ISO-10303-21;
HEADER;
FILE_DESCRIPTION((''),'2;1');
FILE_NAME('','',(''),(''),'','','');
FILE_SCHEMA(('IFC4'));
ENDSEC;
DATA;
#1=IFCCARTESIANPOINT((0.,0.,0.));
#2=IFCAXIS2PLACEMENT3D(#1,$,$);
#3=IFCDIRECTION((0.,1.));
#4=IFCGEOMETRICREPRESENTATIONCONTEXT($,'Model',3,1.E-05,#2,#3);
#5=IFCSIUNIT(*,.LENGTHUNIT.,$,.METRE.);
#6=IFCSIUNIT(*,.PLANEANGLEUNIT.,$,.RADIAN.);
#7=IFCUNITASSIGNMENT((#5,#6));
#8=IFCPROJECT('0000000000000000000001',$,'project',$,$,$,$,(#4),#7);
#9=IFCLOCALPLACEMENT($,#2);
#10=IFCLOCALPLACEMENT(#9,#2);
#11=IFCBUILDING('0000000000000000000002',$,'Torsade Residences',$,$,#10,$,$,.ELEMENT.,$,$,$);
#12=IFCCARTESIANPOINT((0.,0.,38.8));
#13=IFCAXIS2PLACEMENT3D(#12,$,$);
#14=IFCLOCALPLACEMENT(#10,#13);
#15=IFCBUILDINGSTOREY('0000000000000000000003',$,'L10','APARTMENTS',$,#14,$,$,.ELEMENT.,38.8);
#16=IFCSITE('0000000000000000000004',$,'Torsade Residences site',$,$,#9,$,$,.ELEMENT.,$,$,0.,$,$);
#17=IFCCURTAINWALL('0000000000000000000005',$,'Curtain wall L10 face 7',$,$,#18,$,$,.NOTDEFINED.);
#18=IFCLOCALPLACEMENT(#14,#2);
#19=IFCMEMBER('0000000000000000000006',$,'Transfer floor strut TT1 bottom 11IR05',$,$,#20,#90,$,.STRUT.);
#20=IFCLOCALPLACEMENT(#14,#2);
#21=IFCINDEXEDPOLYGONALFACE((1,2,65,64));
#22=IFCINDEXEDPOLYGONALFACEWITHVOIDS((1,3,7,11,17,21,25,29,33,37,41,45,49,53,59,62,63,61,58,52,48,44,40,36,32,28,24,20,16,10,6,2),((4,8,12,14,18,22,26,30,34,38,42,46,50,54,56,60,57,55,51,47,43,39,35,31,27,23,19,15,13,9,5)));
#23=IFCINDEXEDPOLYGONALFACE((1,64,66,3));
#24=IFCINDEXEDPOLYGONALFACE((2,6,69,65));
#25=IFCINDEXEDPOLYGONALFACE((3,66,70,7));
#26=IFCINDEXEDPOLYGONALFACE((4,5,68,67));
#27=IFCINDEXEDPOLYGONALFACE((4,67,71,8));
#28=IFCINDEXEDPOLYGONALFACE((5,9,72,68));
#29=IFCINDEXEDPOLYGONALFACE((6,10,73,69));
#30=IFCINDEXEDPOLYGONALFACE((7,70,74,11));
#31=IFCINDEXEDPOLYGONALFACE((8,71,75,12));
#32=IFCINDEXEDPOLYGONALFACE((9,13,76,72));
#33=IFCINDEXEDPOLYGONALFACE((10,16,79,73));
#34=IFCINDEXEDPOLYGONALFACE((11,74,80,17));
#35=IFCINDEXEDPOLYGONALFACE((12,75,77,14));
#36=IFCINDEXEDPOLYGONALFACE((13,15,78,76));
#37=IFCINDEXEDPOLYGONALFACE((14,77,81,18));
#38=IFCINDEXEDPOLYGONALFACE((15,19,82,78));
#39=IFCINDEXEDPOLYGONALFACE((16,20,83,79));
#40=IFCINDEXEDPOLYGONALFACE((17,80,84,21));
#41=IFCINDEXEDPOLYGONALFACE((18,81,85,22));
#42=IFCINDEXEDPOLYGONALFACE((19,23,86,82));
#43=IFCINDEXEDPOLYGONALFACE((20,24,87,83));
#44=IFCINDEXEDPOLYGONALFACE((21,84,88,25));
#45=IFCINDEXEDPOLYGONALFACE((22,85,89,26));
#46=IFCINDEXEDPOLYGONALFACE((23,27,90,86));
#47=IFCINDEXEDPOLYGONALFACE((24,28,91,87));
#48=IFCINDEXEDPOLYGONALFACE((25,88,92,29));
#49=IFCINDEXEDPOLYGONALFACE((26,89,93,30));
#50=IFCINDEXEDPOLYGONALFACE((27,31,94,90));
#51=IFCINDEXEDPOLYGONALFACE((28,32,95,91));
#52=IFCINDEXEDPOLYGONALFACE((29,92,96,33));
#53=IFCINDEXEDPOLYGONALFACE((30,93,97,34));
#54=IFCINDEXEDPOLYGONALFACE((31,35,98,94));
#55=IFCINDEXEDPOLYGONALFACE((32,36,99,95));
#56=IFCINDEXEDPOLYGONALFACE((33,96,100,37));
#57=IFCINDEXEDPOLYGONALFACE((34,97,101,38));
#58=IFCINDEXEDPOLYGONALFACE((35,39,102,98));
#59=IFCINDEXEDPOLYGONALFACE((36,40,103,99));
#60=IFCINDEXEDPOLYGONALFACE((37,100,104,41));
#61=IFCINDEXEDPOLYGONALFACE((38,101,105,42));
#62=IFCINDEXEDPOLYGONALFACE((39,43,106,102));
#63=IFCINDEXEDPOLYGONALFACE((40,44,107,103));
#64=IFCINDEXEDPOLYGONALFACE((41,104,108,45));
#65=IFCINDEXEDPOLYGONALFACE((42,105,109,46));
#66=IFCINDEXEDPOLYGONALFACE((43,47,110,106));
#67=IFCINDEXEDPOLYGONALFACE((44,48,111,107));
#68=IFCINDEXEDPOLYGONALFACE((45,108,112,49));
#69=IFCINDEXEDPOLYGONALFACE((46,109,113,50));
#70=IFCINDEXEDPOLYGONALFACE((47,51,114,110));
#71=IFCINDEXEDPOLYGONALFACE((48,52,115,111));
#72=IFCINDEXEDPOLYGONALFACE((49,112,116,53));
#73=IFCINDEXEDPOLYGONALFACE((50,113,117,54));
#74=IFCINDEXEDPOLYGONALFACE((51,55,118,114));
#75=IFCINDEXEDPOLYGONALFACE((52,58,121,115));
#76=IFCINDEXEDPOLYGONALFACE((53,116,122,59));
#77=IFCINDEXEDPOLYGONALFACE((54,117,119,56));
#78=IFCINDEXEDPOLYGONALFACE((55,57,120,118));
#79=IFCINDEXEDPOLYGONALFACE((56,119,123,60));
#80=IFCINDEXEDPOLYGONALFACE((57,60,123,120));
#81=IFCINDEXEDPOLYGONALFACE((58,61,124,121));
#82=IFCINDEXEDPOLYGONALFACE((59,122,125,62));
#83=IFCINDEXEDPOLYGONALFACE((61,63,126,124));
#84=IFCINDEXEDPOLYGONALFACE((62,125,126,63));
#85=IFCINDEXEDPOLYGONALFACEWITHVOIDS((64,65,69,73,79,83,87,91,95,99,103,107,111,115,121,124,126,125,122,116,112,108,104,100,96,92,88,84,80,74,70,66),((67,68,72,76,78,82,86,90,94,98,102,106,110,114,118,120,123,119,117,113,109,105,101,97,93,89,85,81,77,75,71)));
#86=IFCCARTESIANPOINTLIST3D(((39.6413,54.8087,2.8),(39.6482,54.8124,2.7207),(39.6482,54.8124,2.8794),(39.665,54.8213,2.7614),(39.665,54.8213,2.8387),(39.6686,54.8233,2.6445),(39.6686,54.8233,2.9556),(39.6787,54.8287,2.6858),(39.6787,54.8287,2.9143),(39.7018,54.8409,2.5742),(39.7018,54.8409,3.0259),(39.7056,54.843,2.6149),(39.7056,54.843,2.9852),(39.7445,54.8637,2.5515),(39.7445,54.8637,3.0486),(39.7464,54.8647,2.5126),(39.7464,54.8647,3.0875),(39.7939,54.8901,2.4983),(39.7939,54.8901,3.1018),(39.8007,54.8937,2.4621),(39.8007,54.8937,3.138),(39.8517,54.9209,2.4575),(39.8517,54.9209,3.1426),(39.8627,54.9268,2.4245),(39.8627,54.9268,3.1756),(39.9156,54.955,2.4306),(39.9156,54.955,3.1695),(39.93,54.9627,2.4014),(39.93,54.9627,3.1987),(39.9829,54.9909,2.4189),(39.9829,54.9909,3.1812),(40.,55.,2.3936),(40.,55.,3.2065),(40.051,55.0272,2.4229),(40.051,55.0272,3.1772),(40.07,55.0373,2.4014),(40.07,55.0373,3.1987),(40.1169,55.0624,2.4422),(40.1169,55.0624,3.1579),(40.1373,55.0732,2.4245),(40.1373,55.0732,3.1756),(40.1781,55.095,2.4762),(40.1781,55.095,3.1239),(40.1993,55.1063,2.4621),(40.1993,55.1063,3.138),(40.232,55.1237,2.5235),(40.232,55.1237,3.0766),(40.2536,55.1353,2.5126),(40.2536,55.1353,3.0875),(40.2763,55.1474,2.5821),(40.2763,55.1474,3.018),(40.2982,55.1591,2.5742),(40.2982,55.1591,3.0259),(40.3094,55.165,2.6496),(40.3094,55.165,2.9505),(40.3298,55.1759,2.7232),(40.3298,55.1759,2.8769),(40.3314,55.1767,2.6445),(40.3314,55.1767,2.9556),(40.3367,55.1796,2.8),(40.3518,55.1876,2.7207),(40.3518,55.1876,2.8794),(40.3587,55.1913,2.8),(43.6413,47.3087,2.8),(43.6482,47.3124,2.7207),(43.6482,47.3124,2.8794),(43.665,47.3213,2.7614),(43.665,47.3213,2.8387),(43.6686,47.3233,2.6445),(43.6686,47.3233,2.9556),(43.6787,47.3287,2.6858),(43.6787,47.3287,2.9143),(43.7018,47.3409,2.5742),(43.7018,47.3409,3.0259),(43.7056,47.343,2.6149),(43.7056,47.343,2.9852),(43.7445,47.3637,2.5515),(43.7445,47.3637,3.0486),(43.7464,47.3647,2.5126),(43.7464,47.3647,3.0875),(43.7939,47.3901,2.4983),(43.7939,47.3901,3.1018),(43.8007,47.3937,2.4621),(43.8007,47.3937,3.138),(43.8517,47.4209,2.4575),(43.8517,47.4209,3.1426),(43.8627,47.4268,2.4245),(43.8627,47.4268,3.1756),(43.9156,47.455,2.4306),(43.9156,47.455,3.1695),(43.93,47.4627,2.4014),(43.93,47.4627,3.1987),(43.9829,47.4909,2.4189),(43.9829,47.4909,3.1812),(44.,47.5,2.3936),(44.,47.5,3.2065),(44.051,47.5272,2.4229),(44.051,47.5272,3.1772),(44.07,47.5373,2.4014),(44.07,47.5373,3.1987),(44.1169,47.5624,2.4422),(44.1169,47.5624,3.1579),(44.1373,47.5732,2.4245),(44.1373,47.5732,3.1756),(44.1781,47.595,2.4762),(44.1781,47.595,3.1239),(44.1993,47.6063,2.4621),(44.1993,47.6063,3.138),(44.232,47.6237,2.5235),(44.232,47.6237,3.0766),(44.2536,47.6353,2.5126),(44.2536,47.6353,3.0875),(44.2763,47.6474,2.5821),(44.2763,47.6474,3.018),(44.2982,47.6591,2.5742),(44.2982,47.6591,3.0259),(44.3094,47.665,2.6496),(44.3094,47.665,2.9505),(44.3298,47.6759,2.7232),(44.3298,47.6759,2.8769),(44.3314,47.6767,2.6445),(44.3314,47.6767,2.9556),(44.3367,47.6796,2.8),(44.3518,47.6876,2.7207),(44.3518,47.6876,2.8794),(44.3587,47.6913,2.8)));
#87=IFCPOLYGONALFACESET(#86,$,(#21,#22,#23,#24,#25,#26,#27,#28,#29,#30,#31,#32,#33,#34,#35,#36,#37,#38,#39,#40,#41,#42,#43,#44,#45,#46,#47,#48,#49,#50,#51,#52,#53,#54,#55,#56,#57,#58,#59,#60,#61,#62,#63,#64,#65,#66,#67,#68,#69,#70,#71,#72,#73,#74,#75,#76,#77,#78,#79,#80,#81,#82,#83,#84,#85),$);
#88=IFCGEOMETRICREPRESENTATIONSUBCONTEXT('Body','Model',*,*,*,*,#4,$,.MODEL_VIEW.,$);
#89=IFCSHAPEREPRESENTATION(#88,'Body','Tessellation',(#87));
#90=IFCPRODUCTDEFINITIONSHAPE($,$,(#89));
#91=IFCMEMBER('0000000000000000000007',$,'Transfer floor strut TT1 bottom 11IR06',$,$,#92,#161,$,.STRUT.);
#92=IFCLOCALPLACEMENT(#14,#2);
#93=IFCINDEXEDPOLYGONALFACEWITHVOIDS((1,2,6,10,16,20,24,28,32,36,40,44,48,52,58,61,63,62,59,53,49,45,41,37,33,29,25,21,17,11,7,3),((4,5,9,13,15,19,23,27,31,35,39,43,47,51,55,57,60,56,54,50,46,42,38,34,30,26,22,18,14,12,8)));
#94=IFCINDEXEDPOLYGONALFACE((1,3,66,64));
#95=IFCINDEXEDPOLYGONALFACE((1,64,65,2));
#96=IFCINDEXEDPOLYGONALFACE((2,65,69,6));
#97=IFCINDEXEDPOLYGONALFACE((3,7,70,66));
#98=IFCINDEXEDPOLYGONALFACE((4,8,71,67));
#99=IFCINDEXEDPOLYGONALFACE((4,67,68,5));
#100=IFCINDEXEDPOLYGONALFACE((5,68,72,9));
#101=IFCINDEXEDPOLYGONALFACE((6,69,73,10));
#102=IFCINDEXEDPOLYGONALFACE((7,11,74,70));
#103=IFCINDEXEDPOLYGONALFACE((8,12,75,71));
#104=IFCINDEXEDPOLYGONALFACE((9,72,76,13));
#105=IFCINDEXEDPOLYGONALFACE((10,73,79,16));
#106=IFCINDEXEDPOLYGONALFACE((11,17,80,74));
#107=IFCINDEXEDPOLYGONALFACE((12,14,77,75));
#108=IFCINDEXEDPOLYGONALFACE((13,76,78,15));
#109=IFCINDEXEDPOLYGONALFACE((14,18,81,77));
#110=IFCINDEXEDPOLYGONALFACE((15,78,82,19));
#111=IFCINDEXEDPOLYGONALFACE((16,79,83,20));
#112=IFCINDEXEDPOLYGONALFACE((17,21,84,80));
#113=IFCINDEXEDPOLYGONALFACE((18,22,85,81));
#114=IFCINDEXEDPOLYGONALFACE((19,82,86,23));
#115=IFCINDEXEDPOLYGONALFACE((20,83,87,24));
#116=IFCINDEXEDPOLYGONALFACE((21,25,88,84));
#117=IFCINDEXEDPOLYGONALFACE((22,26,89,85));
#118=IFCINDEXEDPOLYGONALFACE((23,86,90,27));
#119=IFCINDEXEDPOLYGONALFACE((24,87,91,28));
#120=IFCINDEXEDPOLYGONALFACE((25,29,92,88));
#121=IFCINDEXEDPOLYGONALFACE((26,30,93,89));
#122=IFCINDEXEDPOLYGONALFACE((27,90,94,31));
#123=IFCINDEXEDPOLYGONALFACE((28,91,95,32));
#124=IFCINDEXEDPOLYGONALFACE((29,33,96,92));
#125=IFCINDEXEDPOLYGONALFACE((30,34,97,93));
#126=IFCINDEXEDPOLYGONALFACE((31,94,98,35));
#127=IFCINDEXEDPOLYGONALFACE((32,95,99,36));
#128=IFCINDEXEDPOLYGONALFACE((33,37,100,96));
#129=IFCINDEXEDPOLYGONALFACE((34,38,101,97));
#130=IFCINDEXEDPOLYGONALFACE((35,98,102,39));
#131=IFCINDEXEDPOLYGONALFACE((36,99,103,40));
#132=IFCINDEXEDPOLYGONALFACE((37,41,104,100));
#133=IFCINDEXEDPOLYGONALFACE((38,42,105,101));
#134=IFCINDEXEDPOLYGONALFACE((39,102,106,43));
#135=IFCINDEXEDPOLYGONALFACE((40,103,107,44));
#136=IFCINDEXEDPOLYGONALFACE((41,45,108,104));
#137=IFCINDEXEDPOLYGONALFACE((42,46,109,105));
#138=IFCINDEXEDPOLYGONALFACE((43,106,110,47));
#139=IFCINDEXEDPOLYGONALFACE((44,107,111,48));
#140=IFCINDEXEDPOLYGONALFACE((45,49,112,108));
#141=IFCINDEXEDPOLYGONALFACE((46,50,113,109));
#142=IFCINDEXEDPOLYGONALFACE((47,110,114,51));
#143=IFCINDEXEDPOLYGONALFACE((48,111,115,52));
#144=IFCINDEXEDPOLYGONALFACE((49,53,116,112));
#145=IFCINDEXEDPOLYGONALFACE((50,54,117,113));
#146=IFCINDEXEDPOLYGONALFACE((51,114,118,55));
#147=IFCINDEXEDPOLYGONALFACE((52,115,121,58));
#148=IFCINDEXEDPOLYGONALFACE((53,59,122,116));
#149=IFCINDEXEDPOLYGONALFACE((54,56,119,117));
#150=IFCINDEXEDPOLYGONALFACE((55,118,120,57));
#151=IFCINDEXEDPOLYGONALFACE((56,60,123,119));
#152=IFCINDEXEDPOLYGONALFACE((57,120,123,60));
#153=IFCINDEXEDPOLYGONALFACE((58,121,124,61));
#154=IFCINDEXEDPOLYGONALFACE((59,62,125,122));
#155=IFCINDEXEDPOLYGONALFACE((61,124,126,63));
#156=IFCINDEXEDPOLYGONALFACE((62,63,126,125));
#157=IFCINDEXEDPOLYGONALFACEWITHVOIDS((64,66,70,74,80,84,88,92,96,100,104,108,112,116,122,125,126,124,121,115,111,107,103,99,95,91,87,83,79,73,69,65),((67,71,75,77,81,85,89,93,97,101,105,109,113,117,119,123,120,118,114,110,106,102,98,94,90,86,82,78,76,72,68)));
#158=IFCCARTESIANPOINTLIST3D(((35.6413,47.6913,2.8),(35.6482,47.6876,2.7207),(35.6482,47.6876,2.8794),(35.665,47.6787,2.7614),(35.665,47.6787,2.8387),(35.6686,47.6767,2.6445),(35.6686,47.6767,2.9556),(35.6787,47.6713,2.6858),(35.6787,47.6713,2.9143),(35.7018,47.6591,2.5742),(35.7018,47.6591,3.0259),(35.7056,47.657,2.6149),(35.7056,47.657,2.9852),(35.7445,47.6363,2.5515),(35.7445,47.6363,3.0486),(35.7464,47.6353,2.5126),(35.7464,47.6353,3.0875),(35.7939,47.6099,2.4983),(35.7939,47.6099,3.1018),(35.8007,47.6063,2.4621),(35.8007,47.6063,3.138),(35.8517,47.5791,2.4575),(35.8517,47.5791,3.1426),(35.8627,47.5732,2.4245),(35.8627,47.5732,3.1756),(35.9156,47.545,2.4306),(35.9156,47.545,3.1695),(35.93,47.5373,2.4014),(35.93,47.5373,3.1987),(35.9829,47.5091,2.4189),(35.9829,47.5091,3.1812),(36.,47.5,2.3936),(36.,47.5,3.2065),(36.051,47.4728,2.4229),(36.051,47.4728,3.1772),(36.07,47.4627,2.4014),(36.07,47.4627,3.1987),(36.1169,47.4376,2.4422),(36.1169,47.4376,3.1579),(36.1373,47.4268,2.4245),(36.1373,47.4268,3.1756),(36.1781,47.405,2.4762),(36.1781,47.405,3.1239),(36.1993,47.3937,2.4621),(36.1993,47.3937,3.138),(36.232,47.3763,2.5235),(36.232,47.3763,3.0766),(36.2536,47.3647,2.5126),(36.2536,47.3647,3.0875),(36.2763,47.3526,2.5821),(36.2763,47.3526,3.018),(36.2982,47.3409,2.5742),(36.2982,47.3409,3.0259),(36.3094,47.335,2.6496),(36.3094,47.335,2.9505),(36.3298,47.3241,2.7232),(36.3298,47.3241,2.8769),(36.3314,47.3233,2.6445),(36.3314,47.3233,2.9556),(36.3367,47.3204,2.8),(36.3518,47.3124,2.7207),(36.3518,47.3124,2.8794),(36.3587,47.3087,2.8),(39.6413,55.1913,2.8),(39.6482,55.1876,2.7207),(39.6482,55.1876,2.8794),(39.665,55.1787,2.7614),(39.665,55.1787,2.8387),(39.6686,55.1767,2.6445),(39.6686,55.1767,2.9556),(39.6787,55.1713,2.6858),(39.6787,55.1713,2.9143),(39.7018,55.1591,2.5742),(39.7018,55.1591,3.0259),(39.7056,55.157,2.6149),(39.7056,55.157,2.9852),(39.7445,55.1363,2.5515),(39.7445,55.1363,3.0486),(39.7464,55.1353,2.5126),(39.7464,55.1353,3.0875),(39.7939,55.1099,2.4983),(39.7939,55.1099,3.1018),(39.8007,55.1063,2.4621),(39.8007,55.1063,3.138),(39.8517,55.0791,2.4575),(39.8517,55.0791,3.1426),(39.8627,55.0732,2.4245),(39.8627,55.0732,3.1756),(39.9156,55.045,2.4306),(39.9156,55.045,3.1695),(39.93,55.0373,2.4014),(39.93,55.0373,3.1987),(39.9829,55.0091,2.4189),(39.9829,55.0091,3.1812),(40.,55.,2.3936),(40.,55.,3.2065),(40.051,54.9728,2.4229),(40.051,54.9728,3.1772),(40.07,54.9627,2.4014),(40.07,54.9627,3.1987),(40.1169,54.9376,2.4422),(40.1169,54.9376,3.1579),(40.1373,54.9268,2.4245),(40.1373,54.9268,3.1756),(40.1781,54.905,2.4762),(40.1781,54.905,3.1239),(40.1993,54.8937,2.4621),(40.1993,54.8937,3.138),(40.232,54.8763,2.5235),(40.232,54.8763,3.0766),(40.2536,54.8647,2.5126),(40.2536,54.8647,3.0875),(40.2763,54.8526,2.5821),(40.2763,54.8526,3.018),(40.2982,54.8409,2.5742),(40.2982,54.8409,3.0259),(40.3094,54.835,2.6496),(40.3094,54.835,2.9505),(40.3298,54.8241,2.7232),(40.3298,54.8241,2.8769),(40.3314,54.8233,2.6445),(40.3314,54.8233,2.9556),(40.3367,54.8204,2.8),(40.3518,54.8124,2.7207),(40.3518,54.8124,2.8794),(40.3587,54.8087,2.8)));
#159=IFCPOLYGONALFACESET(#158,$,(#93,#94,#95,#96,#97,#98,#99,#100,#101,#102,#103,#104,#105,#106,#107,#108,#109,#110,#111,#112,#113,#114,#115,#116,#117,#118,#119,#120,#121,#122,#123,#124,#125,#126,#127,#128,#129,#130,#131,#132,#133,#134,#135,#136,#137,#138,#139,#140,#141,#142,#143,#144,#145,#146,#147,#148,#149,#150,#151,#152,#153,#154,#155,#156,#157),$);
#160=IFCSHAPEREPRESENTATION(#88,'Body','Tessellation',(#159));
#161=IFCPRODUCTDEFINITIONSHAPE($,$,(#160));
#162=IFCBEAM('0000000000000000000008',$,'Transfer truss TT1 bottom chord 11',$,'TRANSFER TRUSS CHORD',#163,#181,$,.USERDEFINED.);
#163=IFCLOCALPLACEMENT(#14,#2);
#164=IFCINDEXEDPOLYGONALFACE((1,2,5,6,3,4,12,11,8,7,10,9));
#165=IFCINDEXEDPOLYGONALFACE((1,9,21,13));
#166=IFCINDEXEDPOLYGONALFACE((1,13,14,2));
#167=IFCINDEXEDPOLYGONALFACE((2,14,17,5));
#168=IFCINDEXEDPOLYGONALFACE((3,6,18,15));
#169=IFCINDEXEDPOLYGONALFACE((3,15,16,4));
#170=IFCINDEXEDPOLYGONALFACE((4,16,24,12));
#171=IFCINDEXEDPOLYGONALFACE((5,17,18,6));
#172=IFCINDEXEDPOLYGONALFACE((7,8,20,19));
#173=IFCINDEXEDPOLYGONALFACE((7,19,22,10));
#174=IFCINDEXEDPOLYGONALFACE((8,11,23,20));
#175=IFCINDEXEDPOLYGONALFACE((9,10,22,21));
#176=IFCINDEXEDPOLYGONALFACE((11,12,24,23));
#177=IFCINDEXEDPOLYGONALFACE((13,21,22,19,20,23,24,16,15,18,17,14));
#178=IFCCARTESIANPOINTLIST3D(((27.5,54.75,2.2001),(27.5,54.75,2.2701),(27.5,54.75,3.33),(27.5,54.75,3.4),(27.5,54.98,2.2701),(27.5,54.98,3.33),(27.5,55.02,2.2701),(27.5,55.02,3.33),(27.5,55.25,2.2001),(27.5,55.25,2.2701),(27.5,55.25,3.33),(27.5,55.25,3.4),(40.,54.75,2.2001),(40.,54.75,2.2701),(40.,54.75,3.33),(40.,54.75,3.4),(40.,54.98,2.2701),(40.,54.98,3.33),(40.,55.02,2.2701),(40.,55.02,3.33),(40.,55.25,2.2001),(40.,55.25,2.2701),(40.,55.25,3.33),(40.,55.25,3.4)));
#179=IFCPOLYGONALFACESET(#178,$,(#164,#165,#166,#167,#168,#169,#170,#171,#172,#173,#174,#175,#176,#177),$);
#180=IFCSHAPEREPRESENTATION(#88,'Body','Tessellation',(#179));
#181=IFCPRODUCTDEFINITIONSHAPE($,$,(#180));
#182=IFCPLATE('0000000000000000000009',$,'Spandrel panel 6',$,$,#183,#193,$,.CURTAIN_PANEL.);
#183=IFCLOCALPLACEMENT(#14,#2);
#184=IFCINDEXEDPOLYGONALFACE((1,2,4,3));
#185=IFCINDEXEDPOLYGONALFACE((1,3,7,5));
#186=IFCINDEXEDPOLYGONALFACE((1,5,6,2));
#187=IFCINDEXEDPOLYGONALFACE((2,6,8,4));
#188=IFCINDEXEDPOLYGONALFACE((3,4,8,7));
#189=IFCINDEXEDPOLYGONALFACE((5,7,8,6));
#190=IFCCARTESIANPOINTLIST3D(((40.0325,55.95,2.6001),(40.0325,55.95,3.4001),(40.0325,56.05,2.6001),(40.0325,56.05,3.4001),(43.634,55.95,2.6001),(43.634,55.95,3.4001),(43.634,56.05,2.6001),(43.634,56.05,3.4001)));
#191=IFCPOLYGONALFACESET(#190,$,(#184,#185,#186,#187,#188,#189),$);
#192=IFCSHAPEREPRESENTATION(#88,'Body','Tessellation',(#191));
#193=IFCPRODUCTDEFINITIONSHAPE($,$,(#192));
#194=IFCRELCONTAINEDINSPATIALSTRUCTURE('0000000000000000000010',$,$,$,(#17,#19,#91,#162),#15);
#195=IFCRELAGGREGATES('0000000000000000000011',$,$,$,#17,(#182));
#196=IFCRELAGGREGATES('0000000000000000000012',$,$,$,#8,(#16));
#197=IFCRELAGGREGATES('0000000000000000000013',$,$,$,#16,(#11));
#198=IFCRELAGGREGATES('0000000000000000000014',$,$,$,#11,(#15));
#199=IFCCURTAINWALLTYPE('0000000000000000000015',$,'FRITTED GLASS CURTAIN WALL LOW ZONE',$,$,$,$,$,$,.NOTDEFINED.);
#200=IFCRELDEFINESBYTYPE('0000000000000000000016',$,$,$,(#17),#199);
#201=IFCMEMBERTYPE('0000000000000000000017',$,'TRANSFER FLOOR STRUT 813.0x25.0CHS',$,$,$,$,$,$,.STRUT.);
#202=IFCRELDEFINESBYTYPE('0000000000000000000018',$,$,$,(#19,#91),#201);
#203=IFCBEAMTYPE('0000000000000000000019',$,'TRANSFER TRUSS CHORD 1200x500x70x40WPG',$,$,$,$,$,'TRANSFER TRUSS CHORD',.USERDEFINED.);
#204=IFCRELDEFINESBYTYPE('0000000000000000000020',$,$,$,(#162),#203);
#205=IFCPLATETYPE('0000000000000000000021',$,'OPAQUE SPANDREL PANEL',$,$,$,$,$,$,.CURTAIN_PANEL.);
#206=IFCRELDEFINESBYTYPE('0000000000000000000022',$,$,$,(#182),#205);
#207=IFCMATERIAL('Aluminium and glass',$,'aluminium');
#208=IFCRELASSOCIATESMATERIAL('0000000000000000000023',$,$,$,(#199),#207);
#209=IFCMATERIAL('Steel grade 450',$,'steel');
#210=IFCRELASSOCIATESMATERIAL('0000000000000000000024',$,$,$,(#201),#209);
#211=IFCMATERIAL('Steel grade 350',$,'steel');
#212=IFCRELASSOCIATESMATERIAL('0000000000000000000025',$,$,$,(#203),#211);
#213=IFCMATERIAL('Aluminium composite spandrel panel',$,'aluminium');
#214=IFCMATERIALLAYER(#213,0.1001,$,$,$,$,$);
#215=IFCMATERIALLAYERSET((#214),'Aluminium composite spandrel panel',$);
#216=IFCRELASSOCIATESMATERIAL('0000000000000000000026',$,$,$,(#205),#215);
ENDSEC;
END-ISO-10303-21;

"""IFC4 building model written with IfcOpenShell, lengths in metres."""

from ifc_helpers import new_model, si_unit, direction, frame, origin, origin_2d, place, context, subcontext, project, spatial, rectangle, hollow_circle, i_section, extrude, material, layer, layer_set, material_profile, profile_set, type_object, element, aggregate, save


model = new_model("IFC4")

# Units and contexts
model_context = context("Model", 3, precision=1e-05, world=origin(), true_north=direction((0.0, 1.0)))
body_context = subcontext(model_context, "Body", "Model", "MODEL_VIEW")
ifc_project = project(units=[si_unit("LENGTHUNIT", "METRE"), si_unit("PLANEANGLEUNIT", "RADIAN")], contexts=[model_context])

# Site, building, storey
site_placement = place(None, origin())
site = spatial("IfcSite", under=ifc_project, at=site_placement, Name="Torsade Residences site", CompositionType="ELEMENT", RefElevation=0.0)
building_placement = place(site_placement, origin())
building = spatial("IfcBuilding", under=site, at=building_placement, Name="Torsade Residences", CompositionType="ELEMENT")
storey_placement = place(building_placement, frame((0.0, 0.0, 38.8)))
storey = spatial("IfcBuildingStorey", under=building, at=storey_placement, Name="L10", Description="APARTMENTS", CompositionType="ELEMENT", Elevation=38.8)

# Curtain wall
ifc_material_1 = material(Name="Aluminium and glass", Category="aluminium")
curtain_wall_type = type_object("IfcCurtainWallType", Name="FRITTED GLASS CURTAIN WALL LOW ZONE", PredefinedType="NOTDEFINED", material=ifc_material_1)
curtain_wall_placement = place(storey_placement, origin())
curtain_wall = element("IfcCurtainWall", 1, at=curtain_wall_placement, inside=storey, type_object=curtain_wall_type, Name="Curtain wall L10 face 7", PredefinedType="NOTDEFINED")

# Members
ifc_material_2 = material(Name="Steel grade 450", Category="steel")
ifc_material_profile_1 = material_profile(ifc_material_2, hollow_circle(Radius=0.4065, WallThickness=0.0249, at=origin_2d()), Name="813.0x25.0CHS")
ifc_profile_set_1 = profile_set([ifc_material_profile_1], Name="Steel grade 450")
member_type_1 = type_object("IfcMemberType", Name="TRANSFER FLOOR STRUT 813.0x25.0CHS", PredefinedType="STRUT", material=ifc_profile_set_1)
for number, where, z_axis, x_axis, name in (
    (2, (40.0, 55.0, 2.8), (0.470588, -0.882353, 0.0), (0.882353, 0.470588, 0.0), "Transfer floor strut TT1 bottom 11IR05"),
    (3, (40.0, 55.0, 2.8), (-0.470588, -0.882353, 0.0), (0.882353, -0.470588, 0.0), "Transfer floor strut TT1 bottom 11IR06"),
):
    element("IfcMember", number, at=place(storey_placement, frame(where, z_axis=z_axis, x_axis=x_axis)), inside=storey, type_object=member_type_1, Name=name, PredefinedType="STRUT", context=body_context, shape_type="SweptSolid", body=[
        extrude(hollow_circle(Radius=0.4065, WallThickness=0.0249, at=origin_2d()), origin(), (0.0, 0.0, 1.0), 8.5),
    ])

# Beam
ifc_material_3 = material(Name="Steel grade 350", Category="steel")
ifc_material_profile_2 = material_profile(ifc_material_3, i_section(OverallWidth=0.5, OverallDepth=1.2, WebThickness=0.04, FlangeThickness=0.0701, at=origin_2d()), Name="1200x500x70x40WPG")
ifc_profile_set_2 = profile_set([ifc_material_profile_2], Name="Steel grade 350")
beam_type_1 = type_object("IfcBeamType", Name="TRANSFER TRUSS CHORD 1200x500x70x40WPG", ElementType="TRANSFER TRUSS CHORD", PredefinedType="USERDEFINED", material=ifc_profile_set_2)
beam_1_placement = place(storey_placement, frame((40.0, 55.0, 2.8), z_axis=(-1.0, 0.0, 0.0), x_axis=(0.0, -1.0, 0.0)))
element("IfcBeam", 4, at=beam_1_placement, inside=storey, type_object=beam_type_1, Name="Transfer truss TT1 bottom chord 11", ObjectType="TRANSFER TRUSS CHORD", PredefinedType="USERDEFINED", context=body_context, shape_type="SweptSolid", body=[
    extrude(i_section(OverallWidth=0.5, OverallDepth=1.2, WebThickness=0.04, FlangeThickness=0.0701, at=origin_2d()), origin(), (0.0, 0.0, 1.0), 12.5),
])

# Plate
ifc_material_4 = material(Name="Aluminium composite spandrel panel", Category="aluminium")
ifc_layer_1 = layer(ifc_material_4, 0.1001)
ifc_layer_set_1 = layer_set([ifc_layer_1], Name="Aluminium composite spandrel panel")
plate_type_1 = type_object("IfcPlateType", Name="OPAQUE SPANDREL PANEL", PredefinedType="CURTAIN_PANEL", material=ifc_layer_set_1)
plate_1_placement = place(storey_placement, frame((41.8333, 56.0, 2.6001), z_axis=(0.0, 0.0, 1.0), x_axis=(-1.0, 0.0, 0.0)))
plate_1 = element("IfcPlate", 5, at=plate_1_placement, type_object=plate_type_1, Name="Spandrel panel 6", PredefinedType="CURTAIN_PANEL", context=body_context, shape_type="SweptSolid", body=[
    extrude(rectangle(XDim=3.6016, YDim=0.1001, at=origin_2d()), origin(), (0.0, 0.0, 1.0), 0.8),
])
aggregate(curtain_wall, [plate_1])

save(model, "model.ifc")
